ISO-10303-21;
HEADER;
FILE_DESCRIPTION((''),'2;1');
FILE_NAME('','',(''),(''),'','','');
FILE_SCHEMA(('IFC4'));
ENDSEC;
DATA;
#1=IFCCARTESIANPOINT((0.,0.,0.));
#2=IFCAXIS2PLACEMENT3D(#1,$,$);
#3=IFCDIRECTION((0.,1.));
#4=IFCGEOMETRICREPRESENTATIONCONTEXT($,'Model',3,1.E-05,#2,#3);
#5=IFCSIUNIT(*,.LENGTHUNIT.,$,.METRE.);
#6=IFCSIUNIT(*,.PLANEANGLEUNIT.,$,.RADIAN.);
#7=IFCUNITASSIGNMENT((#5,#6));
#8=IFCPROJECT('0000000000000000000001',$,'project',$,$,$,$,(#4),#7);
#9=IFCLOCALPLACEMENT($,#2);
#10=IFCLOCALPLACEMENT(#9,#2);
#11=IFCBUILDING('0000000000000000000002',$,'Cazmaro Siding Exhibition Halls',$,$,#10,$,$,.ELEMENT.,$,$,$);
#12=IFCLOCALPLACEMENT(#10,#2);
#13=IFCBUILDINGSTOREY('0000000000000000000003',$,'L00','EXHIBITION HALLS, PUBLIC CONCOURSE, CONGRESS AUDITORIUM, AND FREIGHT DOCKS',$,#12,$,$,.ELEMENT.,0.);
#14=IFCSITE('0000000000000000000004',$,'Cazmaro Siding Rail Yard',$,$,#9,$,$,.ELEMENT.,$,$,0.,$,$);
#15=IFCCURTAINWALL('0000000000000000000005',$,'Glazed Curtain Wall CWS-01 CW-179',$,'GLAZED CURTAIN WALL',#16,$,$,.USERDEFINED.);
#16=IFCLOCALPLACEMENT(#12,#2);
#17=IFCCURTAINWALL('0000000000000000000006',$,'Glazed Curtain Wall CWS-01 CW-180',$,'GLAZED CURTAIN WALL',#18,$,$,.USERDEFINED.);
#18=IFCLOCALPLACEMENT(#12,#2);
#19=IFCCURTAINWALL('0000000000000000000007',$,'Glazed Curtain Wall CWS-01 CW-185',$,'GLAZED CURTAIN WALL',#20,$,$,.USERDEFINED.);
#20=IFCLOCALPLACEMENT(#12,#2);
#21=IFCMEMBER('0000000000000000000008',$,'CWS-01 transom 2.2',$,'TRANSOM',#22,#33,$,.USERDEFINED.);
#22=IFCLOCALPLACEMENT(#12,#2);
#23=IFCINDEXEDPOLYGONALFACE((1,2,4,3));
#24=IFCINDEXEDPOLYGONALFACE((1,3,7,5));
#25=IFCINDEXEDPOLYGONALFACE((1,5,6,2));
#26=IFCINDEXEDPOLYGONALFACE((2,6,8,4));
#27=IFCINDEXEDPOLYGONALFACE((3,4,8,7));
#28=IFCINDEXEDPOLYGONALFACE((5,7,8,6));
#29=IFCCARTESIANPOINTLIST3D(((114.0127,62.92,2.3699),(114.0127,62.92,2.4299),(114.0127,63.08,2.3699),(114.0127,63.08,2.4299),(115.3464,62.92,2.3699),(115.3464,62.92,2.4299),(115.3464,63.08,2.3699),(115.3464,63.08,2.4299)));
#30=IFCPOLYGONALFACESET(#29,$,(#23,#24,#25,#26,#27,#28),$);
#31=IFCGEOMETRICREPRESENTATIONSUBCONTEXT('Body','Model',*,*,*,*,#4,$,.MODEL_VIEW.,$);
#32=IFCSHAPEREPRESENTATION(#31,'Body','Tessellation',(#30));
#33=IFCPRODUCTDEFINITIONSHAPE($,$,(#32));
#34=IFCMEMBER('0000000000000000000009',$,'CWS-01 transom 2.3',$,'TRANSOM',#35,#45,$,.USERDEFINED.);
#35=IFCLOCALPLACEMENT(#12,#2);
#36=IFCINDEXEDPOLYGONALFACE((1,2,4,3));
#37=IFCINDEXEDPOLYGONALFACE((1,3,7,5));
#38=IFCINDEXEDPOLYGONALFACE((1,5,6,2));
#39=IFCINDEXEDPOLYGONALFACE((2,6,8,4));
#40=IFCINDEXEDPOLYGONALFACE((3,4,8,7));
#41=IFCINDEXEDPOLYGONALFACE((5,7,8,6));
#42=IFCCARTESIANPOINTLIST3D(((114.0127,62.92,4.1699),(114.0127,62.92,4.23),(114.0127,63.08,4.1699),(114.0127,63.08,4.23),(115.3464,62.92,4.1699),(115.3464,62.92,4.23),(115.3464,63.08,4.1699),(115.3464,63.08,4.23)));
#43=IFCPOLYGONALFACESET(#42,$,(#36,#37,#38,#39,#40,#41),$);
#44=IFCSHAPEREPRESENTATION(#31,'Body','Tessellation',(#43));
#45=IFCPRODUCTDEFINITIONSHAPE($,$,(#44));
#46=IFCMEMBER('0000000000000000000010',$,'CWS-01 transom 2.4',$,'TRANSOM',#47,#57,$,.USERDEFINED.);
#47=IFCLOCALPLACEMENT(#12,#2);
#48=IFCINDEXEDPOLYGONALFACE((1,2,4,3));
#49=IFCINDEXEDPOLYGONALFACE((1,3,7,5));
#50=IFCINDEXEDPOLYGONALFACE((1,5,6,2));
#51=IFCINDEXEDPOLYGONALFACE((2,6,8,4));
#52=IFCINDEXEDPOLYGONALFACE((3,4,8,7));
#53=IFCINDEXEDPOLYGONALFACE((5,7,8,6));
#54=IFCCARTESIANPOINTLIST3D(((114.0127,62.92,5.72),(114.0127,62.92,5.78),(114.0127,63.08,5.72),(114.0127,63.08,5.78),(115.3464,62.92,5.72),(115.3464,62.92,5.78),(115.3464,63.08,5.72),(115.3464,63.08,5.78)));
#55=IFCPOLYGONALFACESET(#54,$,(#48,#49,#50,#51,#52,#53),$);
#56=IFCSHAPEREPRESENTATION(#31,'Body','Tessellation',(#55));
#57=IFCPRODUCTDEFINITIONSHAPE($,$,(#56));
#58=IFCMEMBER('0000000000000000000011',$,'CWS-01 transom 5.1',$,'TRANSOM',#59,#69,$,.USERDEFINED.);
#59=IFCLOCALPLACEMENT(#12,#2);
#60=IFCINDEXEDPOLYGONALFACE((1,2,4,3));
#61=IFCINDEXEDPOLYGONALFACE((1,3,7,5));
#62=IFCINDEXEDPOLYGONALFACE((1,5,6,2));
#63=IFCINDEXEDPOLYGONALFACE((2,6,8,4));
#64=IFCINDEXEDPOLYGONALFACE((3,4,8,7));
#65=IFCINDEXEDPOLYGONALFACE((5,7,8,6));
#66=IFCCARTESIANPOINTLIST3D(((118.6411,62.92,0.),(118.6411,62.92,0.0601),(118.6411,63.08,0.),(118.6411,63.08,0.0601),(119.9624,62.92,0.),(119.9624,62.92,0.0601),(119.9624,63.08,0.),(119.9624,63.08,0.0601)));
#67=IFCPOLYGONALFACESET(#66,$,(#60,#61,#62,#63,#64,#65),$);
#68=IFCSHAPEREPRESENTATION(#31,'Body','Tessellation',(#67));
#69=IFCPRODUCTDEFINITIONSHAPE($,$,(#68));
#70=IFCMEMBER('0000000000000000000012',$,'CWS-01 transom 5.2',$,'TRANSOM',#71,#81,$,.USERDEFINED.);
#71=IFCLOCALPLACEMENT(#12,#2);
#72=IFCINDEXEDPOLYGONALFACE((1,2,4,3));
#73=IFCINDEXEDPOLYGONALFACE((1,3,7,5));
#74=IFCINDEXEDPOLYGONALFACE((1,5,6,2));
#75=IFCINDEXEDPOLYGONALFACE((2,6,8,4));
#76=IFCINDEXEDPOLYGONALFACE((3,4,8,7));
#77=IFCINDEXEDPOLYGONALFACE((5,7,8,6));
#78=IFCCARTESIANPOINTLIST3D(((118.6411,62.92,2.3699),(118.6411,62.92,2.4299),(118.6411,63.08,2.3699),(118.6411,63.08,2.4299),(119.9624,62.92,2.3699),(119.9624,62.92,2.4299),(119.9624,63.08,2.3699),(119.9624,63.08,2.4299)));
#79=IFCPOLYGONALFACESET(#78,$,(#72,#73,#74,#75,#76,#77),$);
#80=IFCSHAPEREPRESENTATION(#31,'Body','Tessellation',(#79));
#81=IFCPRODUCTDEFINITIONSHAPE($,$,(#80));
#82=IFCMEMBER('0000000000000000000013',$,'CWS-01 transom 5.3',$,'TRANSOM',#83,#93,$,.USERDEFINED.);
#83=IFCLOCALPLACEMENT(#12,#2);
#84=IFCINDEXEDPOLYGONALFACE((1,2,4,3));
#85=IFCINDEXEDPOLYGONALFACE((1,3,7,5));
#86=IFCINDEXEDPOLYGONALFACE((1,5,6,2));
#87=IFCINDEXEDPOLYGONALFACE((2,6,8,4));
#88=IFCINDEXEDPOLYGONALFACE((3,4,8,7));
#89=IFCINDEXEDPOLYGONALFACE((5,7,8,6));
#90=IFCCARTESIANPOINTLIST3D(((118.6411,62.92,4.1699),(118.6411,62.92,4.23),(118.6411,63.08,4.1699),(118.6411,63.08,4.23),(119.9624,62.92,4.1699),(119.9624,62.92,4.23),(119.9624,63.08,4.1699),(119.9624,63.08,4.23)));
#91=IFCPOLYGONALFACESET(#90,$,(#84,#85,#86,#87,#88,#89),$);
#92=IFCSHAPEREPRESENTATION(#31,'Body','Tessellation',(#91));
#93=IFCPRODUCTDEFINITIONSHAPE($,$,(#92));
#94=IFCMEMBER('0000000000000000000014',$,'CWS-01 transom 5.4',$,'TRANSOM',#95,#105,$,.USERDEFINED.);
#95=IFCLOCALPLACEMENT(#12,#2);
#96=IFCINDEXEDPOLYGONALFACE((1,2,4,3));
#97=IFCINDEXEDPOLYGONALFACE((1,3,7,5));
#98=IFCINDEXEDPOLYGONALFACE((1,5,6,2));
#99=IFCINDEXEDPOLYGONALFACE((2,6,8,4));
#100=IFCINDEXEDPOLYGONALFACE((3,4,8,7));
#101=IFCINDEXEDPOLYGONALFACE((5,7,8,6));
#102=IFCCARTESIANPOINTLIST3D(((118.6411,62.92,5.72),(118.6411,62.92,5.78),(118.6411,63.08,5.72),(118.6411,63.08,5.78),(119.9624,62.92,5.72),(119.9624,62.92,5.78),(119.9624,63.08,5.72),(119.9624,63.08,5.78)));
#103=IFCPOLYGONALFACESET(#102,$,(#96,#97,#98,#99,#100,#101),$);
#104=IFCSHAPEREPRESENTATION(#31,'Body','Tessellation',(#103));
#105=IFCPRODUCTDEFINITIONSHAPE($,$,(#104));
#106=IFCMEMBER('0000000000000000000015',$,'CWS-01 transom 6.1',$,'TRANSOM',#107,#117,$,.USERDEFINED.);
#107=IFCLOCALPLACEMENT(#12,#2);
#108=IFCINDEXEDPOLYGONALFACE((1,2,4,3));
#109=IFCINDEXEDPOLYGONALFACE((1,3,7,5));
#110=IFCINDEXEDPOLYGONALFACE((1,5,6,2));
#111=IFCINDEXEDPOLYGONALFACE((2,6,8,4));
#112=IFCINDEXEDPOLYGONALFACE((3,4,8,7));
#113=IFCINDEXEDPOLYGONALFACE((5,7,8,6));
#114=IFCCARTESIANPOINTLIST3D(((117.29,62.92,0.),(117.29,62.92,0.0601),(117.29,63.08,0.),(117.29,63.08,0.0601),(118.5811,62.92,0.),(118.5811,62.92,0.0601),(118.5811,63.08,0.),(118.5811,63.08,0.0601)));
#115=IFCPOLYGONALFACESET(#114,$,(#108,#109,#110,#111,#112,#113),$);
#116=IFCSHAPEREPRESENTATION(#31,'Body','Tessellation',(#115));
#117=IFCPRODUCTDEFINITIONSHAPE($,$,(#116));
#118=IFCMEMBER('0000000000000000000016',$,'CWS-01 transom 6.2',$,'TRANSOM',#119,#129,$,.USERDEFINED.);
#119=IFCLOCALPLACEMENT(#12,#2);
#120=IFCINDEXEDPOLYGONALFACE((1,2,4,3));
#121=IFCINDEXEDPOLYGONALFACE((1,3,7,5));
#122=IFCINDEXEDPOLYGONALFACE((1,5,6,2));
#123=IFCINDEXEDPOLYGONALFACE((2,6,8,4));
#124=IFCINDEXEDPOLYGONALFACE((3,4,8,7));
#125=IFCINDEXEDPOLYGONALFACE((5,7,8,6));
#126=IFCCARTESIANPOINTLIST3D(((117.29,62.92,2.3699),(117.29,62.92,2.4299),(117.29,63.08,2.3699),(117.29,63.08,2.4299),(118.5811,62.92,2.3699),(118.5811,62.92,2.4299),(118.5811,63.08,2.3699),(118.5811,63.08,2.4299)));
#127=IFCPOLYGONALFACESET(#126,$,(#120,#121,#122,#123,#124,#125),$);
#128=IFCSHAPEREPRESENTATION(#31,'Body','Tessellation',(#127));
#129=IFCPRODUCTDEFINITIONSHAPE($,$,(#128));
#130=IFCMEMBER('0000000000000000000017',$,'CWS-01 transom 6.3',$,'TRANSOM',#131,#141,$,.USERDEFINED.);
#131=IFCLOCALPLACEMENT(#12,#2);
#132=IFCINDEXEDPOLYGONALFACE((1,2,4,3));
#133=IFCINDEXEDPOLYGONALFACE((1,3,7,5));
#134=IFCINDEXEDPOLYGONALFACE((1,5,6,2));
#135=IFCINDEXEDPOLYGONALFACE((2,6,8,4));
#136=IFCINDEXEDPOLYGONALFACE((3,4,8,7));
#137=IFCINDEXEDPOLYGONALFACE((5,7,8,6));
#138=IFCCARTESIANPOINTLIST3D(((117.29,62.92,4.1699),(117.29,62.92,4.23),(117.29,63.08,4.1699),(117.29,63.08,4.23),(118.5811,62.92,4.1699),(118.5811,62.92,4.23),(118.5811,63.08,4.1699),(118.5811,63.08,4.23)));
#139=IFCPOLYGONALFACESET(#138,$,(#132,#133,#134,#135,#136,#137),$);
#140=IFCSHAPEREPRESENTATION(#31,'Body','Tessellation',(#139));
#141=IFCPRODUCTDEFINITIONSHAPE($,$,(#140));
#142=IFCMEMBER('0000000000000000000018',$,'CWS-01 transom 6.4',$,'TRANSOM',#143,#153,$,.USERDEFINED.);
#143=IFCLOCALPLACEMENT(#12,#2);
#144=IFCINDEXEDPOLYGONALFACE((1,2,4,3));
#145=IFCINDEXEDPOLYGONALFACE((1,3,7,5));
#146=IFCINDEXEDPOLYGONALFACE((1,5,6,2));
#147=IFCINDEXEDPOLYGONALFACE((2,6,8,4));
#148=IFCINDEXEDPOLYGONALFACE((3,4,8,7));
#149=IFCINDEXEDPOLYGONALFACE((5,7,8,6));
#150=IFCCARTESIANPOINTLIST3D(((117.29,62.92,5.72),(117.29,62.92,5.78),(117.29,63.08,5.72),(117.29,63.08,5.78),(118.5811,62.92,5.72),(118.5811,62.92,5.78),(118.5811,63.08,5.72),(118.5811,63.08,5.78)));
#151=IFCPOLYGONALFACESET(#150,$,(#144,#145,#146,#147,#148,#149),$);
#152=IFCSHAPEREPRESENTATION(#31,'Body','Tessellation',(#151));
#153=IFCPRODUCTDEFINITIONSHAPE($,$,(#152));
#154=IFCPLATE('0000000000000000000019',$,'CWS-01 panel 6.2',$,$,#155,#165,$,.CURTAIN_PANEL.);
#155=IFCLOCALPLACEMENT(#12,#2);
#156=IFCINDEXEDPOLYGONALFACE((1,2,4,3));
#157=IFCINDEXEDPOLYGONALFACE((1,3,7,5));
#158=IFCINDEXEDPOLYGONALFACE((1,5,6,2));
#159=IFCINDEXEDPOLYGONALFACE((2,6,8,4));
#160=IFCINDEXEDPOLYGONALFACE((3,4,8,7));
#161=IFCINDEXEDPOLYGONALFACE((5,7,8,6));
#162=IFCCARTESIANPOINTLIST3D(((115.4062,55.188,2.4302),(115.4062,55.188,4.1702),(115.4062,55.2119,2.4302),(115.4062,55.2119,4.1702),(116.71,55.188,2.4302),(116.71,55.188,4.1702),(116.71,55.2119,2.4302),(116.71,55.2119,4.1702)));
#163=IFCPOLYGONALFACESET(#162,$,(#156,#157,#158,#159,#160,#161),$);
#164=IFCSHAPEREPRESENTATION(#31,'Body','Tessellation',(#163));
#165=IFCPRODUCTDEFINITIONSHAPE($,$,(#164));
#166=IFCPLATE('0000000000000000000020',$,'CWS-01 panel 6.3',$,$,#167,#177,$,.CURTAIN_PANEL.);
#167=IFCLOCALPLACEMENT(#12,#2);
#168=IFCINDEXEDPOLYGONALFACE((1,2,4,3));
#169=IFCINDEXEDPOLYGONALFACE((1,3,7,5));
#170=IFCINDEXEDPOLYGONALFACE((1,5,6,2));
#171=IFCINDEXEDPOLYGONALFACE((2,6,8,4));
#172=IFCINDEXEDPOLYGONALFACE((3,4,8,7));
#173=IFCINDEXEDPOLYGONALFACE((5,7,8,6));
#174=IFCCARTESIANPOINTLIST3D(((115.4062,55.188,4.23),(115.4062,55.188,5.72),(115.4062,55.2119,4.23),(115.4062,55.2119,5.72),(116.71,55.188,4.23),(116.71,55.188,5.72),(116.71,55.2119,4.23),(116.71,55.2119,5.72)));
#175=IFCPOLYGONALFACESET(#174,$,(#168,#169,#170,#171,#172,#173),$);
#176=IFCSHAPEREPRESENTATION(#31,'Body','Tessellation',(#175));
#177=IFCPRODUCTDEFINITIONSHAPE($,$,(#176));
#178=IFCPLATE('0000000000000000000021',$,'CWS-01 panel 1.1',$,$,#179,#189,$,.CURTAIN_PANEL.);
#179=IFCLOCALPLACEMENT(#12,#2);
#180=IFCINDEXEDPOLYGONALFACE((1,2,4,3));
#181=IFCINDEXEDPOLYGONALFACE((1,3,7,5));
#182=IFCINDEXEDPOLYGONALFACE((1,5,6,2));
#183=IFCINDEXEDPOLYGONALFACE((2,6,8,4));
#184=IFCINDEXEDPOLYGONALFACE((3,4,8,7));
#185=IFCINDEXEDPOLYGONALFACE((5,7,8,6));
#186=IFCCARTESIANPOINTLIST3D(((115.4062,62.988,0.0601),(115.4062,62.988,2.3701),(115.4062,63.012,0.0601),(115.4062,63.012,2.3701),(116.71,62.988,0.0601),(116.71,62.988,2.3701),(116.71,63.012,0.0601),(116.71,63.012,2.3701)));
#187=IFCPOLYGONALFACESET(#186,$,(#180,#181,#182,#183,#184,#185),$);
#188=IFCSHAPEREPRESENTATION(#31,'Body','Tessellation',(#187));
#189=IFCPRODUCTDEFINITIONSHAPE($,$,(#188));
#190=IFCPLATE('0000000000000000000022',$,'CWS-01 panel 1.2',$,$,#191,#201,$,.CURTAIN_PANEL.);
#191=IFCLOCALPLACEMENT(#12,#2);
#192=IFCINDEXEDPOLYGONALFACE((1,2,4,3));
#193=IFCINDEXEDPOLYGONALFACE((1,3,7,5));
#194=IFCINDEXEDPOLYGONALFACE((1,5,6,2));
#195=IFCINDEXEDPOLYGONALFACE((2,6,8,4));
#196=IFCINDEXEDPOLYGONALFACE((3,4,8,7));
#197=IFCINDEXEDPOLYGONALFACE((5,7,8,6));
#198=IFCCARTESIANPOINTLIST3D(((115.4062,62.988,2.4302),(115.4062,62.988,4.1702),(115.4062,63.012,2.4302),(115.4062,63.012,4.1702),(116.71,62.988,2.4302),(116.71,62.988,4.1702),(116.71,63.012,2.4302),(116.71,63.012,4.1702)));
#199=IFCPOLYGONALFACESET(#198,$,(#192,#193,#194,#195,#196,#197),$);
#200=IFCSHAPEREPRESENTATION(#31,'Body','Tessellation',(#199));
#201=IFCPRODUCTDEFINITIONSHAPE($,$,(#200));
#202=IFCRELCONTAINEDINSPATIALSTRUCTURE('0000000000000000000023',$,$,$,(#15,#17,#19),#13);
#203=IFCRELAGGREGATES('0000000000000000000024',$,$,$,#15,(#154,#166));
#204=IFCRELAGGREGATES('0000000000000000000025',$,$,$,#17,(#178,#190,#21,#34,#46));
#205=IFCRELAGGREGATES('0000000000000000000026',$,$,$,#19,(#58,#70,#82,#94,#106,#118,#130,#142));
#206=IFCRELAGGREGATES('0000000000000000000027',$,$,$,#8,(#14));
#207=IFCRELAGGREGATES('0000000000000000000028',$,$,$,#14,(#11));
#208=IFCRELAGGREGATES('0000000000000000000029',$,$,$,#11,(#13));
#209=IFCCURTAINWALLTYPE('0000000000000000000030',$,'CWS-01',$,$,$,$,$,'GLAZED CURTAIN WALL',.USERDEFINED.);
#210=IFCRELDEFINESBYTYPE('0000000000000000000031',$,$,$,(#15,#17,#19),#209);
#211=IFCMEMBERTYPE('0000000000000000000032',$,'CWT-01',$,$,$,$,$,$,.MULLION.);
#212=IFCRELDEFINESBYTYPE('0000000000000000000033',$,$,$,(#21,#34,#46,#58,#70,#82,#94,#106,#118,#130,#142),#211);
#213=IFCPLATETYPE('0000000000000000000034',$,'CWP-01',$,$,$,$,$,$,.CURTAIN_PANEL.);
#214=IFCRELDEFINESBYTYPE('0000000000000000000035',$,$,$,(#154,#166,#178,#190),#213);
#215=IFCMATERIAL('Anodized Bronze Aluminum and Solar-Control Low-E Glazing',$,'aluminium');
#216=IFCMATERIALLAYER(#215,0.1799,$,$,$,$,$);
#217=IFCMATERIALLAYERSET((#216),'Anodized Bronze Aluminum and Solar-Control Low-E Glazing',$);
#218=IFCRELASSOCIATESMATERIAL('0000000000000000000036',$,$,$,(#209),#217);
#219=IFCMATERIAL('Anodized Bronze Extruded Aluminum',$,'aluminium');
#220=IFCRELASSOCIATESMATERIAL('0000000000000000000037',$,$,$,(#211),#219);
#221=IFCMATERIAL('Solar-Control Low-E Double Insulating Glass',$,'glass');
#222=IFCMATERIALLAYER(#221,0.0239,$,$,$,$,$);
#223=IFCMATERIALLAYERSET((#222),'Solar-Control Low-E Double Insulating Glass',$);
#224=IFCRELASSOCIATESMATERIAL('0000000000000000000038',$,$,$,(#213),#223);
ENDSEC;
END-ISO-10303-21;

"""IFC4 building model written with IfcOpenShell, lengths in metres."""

from ifc_helpers import new_model, si_unit, direction, frame, origin, origin_2d, place, context, subcontext, project, spatial, rectangle, extrude, material, layer, layer_set, material_profile, profile_set, type_object, element, aggregate, save


model = new_model("IFC4")

# Units and contexts
model_context = context("Model", 3, precision=1e-05, world=origin(), true_north=direction((0.0, 1.0)))
body_context = subcontext(model_context, "Body", "Model", "MODEL_VIEW")
ifc_project = project(units=[si_unit("LENGTHUNIT", "METRE"), si_unit("PLANEANGLEUNIT", "RADIAN")], contexts=[model_context])

# Site, building, storey
site_placement = place(None, origin())
site = spatial("IfcSite", under=ifc_project, at=site_placement, Name="Cazmaro Siding Rail Yard", CompositionType="ELEMENT", RefElevation=0.0)
building_placement = place(site_placement, origin())
building = spatial("IfcBuilding", under=site, at=building_placement, Name="Cazmaro Siding Exhibition Halls", CompositionType="ELEMENT")
storey_placement = place(building_placement, origin())
storey = spatial("IfcBuildingStorey", under=building, at=storey_placement, Name="L00", Description="EXHIBITION HALLS, PUBLIC CONCOURSE, CONGRESS AUDITORIUM, AND FREIGHT DOCKS", CompositionType="ELEMENT", Elevation=0.0)

# Curtain wall
ifc_material_1 = material(Name="Anodized Bronze Aluminum and Solar-Control Low-E Glazing", Category="aluminium")
ifc_layer_1 = layer(ifc_material_1, 0.1799)
ifc_layer_set_1 = layer_set([ifc_layer_1], Name="Anodized Bronze Aluminum and Solar-Control Low-E Glazing")
curtain_wall_type = type_object("IfcCurtainWallType", Name="CWS-01", ElementType="GLAZED CURTAIN WALL", PredefinedType="USERDEFINED", material=ifc_layer_set_1)
curtain_wall_1_placement = place(storey_placement, origin())
curtain_wall_1 = element("IfcCurtainWall", 1, at=curtain_wall_1_placement, inside=storey, type_object=curtain_wall_type, Name="Glazed Curtain Wall CWS-01 CW-179", ObjectType="GLAZED CURTAIN WALL", PredefinedType="USERDEFINED")

# Curtain walls
curtain_wall_2_placement = place(storey_placement, origin())
curtain_wall_2 = element("IfcCurtainWall", 2, at=curtain_wall_2_placement, inside=storey, type_object=curtain_wall_type, Name="Glazed Curtain Wall CWS-01 CW-180", ObjectType="GLAZED CURTAIN WALL", PredefinedType="USERDEFINED")
curtain_wall_3_placement = place(storey_placement, origin())
curtain_wall_3 = element("IfcCurtainWall", 3, at=curtain_wall_3_placement, inside=storey, type_object=curtain_wall_type, Name="Glazed Curtain Wall CWS-01 CW-185", ObjectType="GLAZED CURTAIN WALL", PredefinedType="USERDEFINED")

# Members
ifc_material_2 = material(Name="Anodized Bronze Extruded Aluminum", Category="aluminium")
ifc_material_profile_1 = material_profile(ifc_material_2, rectangle(XDim=0.1599, YDim=0.0601, at=origin_2d()), Name="CWT-01")
ifc_profile_set_1 = profile_set([ifc_material_profile_1], Name="Anodized Bronze Extruded Aluminum")
member_type_1 = type_object("IfcMemberType", Name="CWT-01", PredefinedType="MULLION", material=ifc_profile_set_1)
member_1_placement = place(storey_placement, frame((115.3464, 63.0, 2.3999), z_axis=(-1.0, 0.0, 0.0), x_axis=(0.0, -1.0, 0.0)))
member_1 = element("IfcMember", 4, at=member_1_placement, type_object=member_type_1, Name="CWS-01 transom 2.2", ObjectType="TRANSOM", PredefinedType="USERDEFINED", context=body_context, shape_type="SweptSolid", body=[
    extrude(rectangle(XDim=0.1599, YDim=0.0601, at=origin_2d()), origin(), (0.0, 0.0, 1.0), 1.3337),
])
member_2_placement = place(storey_placement, frame((115.3464, 63.0, 4.2), z_axis=(-1.0, 0.0, 0.0), x_axis=(0.0, -1.0, 0.0)))
member_2 = element("IfcMember", 5, at=member_2_placement, type_object=member_type_1, Name="CWS-01 transom 2.3", ObjectType="TRANSOM", PredefinedType="USERDEFINED", context=body_context, shape_type="SweptSolid", body=[
    extrude(rectangle(XDim=0.1599, YDim=0.0601, at=origin_2d()), origin(), (0.0, 0.0, 1.0), 1.3337),
])
member_3_placement = place(storey_placement, frame((115.3464, 63.0, 5.75), z_axis=(-1.0, 0.0, 0.0), x_axis=(0.0, -1.0, 0.0)))
member_3 = element("IfcMember", 6, at=member_3_placement, type_object=member_type_1, Name="CWS-01 transom 2.4", ObjectType="TRANSOM", PredefinedType="USERDEFINED", context=body_context, shape_type="SweptSolid", body=[
    extrude(rectangle(XDim=0.1599, YDim=0.0601, at=origin_2d()), origin(), (0.0, 0.0, 1.0), 1.3337),
])
member_4_placement = place(storey_placement, frame((119.9624, 63.0, 0.03), z_axis=(-1.0, 0.0, 0.0), x_axis=(0.0, -1.0, 0.0)))
member_4 = element("IfcMember", 7, at=member_4_placement, type_object=member_type_1, Name="CWS-01 transom 5.1", ObjectType="TRANSOM", PredefinedType="USERDEFINED", context=body_context, shape_type="SweptSolid", body=[
    extrude(rectangle(XDim=0.1599, YDim=0.0601, at=origin_2d()), origin(), (0.0, 0.0, 1.0), 1.3213),
])
member_5_placement = place(storey_placement, frame((119.9624, 63.0, 2.3999), z_axis=(-1.0, 0.0, 0.0), x_axis=(0.0, -1.0, 0.0)))
member_5 = element("IfcMember", 8, at=member_5_placement, type_object=member_type_1, Name="CWS-01 transom 5.2", ObjectType="TRANSOM", PredefinedType="USERDEFINED", context=body_context, shape_type="SweptSolid", body=[
    extrude(rectangle(XDim=0.1599, YDim=0.0601, at=origin_2d()), origin(), (0.0, 0.0, 1.0), 1.3213),
])
member_6_placement = place(storey_placement, frame((119.9624, 63.0, 4.2), z_axis=(-1.0, 0.0, 0.0), x_axis=(0.0, -1.0, 0.0)))
member_6 = element("IfcMember", 9, at=member_6_placement, type_object=member_type_1, Name="CWS-01 transom 5.3", ObjectType="TRANSOM", PredefinedType="USERDEFINED", context=body_context, shape_type="SweptSolid", body=[
    extrude(rectangle(XDim=0.1599, YDim=0.0601, at=origin_2d()), origin(), (0.0, 0.0, 1.0), 1.3213),
])
member_7_placement = place(storey_placement, frame((119.9624, 63.0, 5.75), z_axis=(-1.0, 0.0, 0.0), x_axis=(0.0, -1.0, 0.0)))
member_7 = element("IfcMember", 10, at=member_7_placement, type_object=member_type_1, Name="CWS-01 transom 5.4", ObjectType="TRANSOM", PredefinedType="USERDEFINED", context=body_context, shape_type="SweptSolid", body=[
    extrude(rectangle(XDim=0.1599, YDim=0.0601, at=origin_2d()), origin(), (0.0, 0.0, 1.0), 1.3213),
])
member_8_placement = place(storey_placement, frame((118.5811, 63.0, 0.03), z_axis=(-1.0, 0.0, 0.0), x_axis=(0.0, -1.0, 0.0)))
member_8 = element("IfcMember", 11, at=member_8_placement, type_object=member_type_1, Name="CWS-01 transom 6.1", ObjectType="TRANSOM", PredefinedType="USERDEFINED", context=body_context, shape_type="SweptSolid", body=[
    extrude(rectangle(XDim=0.1599, YDim=0.0601, at=origin_2d()), origin(), (0.0, 0.0, 1.0), 1.291),
])
member_9_placement = place(storey_placement, frame((118.5811, 63.0, 2.3999), z_axis=(-1.0, 0.0, 0.0), x_axis=(0.0, -1.0, 0.0)))
member_9 = element("IfcMember", 12, at=member_9_placement, type_object=member_type_1, Name="CWS-01 transom 6.2", ObjectType="TRANSOM", PredefinedType="USERDEFINED", context=body_context, shape_type="SweptSolid", body=[
    extrude(rectangle(XDim=0.1599, YDim=0.0601, at=origin_2d()), origin(), (0.0, 0.0, 1.0), 1.291),
])
member_10_placement = place(storey_placement, frame((118.5811, 63.0, 4.2), z_axis=(-1.0, 0.0, 0.0), x_axis=(0.0, -1.0, 0.0)))
member_10 = element("IfcMember", 13, at=member_10_placement, type_object=member_type_1, Name="CWS-01 transom 6.3", ObjectType="TRANSOM", PredefinedType="USERDEFINED", context=body_context, shape_type="SweptSolid", body=[
    extrude(rectangle(XDim=0.1599, YDim=0.0601, at=origin_2d()), origin(), (0.0, 0.0, 1.0), 1.291),
])
member_11_placement = place(storey_placement, frame((118.5811, 63.0, 5.75), z_axis=(-1.0, 0.0, 0.0), x_axis=(0.0, -1.0, 0.0)))
member_11 = element("IfcMember", 14, at=member_11_placement, type_object=member_type_1, Name="CWS-01 transom 6.4", ObjectType="TRANSOM", PredefinedType="USERDEFINED", context=body_context, shape_type="SweptSolid", body=[
    extrude(rectangle(XDim=0.1599, YDim=0.0601, at=origin_2d()), origin(), (0.0, 0.0, 1.0), 1.291),
])

# Plates
ifc_material_3 = material(Name="Solar-Control Low-E Double Insulating Glass", Category="glass")
ifc_layer_2 = layer(ifc_material_3, 0.0239)
ifc_layer_set_2 = layer_set([ifc_layer_2], Name="Solar-Control Low-E Double Insulating Glass")
plate_type = type_object("IfcPlateType", Name="CWP-01", PredefinedType="CURTAIN_PANEL", material=ifc_layer_set_2)
plate_1_placement = place(storey_placement, frame((116.0581, 55.2, 2.4302), z_axis=(0.0, 0.0, 1.0), x_axis=(1.0, 0.0, 0.0)))
plate_1 = element("IfcPlate", 15, at=plate_1_placement, type_object=plate_type, Name="CWS-01 panel 6.2", PredefinedType="CURTAIN_PANEL", context=body_context, shape_type="SweptSolid", body=[
    extrude(rectangle(XDim=1.3037, YDim=0.0239, at=origin_2d()), origin(), (0.0, 0.0, 1.0), 1.74),
])
plate_2_placement = place(storey_placement, frame((116.0581, 55.2, 4.23), z_axis=(0.0, 0.0, 1.0), x_axis=(1.0, 0.0, 0.0)))
plate_2 = element("IfcPlate", 16, at=plate_2_placement, type_object=plate_type, Name="CWS-01 panel 6.3", PredefinedType="CURTAIN_PANEL", context=body_context, shape_type="SweptSolid", body=[
    extrude(rectangle(XDim=1.3037, YDim=0.0239, at=origin_2d()), origin(), (0.0, 0.0, 1.0), 1.49),
])
aggregate(curtain_wall_1, [plate_1, plate_2])
plate_3_placement = place(storey_placement, frame((116.0581, 63.0, 0.0601), z_axis=(0.0, 0.0, 1.0), x_axis=(-1.0, 0.0, 0.0)))
plate_3 = element("IfcPlate", 17, at=plate_3_placement, type_object=plate_type, Name="CWS-01 panel 1.1", PredefinedType="CURTAIN_PANEL", context=body_context, shape_type="SweptSolid", body=[
    extrude(rectangle(XDim=1.3037, YDim=0.0239, at=origin_2d()), origin(), (0.0, 0.0, 1.0), 2.3101),
])
plate_4_placement = place(storey_placement, frame((116.0581, 63.0, 2.4302), z_axis=(0.0, 0.0, 1.0), x_axis=(-1.0, 0.0, 0.0)))
plate_4 = element("IfcPlate", 18, at=plate_4_placement, type_object=plate_type, Name="CWS-01 panel 1.2", PredefinedType="CURTAIN_PANEL", context=body_context, shape_type="SweptSolid", body=[
    extrude(rectangle(XDim=1.3037, YDim=0.0239, at=origin_2d()), origin(), (0.0, 0.0, 1.0), 1.74),
])
aggregate(curtain_wall_2, [plate_3, plate_4, member_1, member_2, member_3])
aggregate(curtain_wall_3, [member_4, member_5, member_6, member_7, member_8, member_9, member_10, member_11])

save(model, "model.ifc")
